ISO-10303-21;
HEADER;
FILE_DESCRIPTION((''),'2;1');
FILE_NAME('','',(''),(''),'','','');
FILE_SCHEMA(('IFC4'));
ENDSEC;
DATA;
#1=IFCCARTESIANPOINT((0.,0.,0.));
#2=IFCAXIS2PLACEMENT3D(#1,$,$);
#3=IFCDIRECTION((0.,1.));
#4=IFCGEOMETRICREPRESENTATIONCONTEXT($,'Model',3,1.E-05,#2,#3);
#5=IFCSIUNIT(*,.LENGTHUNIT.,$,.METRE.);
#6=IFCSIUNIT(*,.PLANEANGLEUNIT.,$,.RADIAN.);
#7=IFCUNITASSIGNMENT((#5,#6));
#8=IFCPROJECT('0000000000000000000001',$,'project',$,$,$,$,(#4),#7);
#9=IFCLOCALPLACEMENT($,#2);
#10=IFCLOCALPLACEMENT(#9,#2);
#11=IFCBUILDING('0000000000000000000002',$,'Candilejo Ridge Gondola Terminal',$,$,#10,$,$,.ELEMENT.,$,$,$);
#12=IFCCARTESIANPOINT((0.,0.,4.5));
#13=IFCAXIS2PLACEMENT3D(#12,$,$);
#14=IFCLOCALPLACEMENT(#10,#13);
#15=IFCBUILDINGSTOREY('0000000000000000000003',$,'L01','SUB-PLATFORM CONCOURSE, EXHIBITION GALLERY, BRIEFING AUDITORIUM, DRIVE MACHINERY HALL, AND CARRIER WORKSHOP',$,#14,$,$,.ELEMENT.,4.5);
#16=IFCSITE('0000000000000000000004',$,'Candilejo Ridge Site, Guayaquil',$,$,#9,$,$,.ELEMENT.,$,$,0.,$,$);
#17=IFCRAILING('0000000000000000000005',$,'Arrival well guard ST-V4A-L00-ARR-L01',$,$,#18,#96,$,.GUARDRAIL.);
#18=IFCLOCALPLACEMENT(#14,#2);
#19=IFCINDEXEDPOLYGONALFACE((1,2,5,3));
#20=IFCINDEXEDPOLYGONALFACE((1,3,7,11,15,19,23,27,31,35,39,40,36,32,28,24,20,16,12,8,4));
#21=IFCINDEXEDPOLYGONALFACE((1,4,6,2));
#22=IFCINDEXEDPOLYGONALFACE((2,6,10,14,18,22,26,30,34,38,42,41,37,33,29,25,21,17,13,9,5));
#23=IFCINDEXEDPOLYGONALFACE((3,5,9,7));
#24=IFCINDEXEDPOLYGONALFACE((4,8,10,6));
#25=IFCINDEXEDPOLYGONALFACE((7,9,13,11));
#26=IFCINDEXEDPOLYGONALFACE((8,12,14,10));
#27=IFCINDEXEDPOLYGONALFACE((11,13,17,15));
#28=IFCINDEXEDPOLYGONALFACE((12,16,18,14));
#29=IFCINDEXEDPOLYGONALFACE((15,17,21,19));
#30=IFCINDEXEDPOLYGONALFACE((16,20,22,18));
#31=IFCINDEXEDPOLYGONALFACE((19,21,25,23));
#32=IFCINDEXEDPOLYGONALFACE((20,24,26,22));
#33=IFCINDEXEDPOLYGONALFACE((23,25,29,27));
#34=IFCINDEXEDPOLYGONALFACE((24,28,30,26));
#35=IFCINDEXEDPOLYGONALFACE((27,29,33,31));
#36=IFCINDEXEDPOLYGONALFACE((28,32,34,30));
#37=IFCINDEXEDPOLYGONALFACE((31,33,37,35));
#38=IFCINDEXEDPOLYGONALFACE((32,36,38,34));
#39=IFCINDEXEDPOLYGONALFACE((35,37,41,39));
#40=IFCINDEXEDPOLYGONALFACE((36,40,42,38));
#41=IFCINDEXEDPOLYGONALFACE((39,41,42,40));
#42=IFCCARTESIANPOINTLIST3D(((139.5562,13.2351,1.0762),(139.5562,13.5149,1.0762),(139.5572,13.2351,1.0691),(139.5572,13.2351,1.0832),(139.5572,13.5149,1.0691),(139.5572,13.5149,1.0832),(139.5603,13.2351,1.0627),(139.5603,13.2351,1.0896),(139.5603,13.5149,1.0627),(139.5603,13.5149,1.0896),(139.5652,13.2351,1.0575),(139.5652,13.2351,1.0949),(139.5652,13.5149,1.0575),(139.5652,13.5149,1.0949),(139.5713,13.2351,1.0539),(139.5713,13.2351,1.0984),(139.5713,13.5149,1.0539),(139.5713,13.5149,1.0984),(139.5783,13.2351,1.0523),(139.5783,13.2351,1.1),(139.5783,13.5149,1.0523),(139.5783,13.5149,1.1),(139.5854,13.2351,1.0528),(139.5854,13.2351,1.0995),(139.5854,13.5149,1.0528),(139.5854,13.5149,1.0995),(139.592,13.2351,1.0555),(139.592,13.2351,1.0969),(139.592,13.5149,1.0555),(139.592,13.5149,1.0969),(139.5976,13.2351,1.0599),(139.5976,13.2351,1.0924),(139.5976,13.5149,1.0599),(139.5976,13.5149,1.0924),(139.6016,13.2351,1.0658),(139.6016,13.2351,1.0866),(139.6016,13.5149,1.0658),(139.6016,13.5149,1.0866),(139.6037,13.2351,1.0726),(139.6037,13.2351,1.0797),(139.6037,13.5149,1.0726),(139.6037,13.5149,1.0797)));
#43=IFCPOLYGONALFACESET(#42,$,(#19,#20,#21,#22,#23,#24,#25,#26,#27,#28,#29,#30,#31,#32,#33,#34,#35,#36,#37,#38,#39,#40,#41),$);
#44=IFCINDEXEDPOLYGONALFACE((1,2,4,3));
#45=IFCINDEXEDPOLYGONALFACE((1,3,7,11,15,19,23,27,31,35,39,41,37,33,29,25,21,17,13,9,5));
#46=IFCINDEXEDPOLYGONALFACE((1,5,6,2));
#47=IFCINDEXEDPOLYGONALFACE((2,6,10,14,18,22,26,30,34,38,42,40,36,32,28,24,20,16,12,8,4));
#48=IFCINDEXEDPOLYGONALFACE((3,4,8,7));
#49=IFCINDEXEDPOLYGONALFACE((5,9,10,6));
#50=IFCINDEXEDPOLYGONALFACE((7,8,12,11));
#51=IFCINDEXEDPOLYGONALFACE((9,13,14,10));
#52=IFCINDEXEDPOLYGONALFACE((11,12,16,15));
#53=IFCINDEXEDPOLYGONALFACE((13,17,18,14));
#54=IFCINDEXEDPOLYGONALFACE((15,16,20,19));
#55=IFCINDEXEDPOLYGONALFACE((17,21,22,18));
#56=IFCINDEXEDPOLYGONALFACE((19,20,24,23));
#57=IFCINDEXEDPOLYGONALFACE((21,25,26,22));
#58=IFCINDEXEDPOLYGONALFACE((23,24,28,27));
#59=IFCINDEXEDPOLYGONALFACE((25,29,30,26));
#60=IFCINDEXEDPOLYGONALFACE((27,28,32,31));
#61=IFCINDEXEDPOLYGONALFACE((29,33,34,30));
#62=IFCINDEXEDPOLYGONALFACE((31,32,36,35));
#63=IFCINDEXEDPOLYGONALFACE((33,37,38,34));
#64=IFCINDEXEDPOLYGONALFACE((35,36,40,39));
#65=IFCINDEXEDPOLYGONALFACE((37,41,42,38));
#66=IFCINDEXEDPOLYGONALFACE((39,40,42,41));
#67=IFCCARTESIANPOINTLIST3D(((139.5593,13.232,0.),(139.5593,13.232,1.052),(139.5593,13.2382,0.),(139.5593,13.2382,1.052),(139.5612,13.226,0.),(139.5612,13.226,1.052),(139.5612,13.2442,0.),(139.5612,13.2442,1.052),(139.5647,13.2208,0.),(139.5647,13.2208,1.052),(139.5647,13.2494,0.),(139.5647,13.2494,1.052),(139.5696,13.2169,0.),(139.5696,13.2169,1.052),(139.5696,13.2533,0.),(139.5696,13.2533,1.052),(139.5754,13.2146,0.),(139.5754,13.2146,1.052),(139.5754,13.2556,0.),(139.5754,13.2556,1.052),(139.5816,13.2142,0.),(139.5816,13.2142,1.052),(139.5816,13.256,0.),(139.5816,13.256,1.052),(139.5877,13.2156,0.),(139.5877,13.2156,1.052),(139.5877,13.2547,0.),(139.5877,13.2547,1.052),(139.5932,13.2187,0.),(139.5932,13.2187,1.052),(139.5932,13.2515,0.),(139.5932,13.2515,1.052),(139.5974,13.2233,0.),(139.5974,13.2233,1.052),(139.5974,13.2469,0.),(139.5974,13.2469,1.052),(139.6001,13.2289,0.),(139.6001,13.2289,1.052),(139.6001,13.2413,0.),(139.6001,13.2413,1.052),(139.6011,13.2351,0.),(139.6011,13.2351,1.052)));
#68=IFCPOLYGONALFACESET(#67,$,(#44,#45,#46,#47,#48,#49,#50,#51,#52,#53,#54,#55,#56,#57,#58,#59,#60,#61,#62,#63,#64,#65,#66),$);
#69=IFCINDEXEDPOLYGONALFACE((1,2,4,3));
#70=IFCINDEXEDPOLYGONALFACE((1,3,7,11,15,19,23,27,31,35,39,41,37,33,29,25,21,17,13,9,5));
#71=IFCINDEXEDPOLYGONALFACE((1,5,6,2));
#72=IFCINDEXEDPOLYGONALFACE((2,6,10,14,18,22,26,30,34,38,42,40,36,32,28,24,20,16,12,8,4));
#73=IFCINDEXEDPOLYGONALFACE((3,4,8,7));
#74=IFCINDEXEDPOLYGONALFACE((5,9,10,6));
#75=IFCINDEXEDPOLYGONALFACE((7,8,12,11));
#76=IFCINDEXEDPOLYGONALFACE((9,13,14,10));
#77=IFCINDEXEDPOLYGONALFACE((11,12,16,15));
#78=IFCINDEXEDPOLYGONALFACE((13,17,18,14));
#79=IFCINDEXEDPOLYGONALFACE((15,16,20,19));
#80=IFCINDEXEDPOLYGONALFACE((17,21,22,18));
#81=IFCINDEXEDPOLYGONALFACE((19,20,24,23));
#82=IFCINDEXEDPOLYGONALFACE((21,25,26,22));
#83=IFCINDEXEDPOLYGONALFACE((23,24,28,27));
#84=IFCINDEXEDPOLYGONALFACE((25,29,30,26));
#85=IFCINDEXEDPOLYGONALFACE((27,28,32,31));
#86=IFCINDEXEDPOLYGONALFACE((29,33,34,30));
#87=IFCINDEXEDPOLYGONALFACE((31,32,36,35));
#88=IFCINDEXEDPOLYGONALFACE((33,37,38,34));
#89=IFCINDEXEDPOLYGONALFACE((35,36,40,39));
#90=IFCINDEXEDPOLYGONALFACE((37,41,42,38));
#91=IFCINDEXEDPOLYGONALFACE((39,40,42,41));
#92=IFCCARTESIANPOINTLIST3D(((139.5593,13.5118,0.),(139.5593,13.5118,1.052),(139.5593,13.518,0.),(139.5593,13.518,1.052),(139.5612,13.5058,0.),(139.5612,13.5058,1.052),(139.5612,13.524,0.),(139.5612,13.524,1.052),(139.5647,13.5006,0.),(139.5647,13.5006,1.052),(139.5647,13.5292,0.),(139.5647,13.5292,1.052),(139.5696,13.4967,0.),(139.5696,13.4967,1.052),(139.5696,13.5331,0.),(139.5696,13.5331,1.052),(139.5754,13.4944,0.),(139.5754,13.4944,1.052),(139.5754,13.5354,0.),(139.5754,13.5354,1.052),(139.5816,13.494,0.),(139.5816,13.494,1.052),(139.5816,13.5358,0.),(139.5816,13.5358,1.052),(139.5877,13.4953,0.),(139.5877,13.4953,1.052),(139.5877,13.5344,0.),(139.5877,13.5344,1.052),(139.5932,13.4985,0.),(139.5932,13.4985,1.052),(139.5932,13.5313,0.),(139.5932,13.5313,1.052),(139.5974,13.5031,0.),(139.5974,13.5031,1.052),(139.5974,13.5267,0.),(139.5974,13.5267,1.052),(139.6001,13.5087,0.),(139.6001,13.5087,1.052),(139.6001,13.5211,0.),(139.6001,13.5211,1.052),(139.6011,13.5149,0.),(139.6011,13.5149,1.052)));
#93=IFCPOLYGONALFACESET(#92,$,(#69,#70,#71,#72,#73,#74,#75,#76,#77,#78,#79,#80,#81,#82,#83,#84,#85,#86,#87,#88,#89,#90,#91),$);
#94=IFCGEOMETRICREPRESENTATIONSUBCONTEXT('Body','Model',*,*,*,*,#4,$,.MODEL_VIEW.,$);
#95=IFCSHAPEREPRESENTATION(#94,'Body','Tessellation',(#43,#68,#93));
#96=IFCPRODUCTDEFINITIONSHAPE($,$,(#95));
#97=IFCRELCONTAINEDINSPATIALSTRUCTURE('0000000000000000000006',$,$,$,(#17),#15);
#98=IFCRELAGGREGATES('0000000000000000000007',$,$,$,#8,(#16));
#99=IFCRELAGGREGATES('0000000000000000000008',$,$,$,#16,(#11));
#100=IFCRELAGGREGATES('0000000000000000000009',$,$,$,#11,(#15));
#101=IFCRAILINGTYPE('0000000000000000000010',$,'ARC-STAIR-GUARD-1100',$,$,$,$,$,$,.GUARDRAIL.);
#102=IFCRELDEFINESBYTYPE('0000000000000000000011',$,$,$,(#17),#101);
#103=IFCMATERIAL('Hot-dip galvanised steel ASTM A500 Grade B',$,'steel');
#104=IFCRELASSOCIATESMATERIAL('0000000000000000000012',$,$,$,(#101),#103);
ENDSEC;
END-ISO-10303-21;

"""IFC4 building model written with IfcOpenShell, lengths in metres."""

from ifc_helpers import new_model, si_unit, direction, frame, origin, origin_2d, place, context, subcontext, project, spatial, circle, extrude, material, type_object, element, save


model = new_model("IFC4")

# Units and contexts
model_context = context("Model", 3, precision=1e-05, world=origin(), true_north=direction((0.0, 1.0)))
body_context = subcontext(model_context, "Body", "Model", "MODEL_VIEW")
ifc_project = project(units=[si_unit("LENGTHUNIT", "METRE"), si_unit("PLANEANGLEUNIT", "RADIAN")], contexts=[model_context])

# Site, building, storey
site_placement = place(None, origin())
site = spatial("IfcSite", under=ifc_project, at=site_placement, Name="Candilejo Ridge Site, Guayaquil", CompositionType="ELEMENT", RefElevation=0.0)
building_placement = place(site_placement, origin())
building = spatial("IfcBuilding", under=site, at=building_placement, Name="Candilejo Ridge Gondola Terminal", CompositionType="ELEMENT")
storey_placement = place(building_placement, frame((0.0, 0.0, 4.5)))
storey = spatial("IfcBuildingStorey", under=building, at=storey_placement, Name="L01", Description="SUB-PLATFORM CONCOURSE, EXHIBITION GALLERY, BRIEFING AUDITORIUM, DRIVE MACHINERY HALL, AND CARRIER WORKSHOP", CompositionType="ELEMENT", Elevation=4.5)

# Railing
ifc_material_1 = material(Name="Hot-dip galvanised steel ASTM A500 Grade B", Category="steel")
railing_type_1 = type_object("IfcRailingType", Name="ARC-STAIR-GUARD-1100", PredefinedType="GUARDRAIL", material=ifc_material_1)
railing_1_placement = place(storey_placement, frame((139.5801, 13.2351, 0.0)))
element("IfcRailing", 1, at=railing_1_placement, inside=storey, type_object=railing_type_1, Name="Arrival well guard ST-V4A-L00-ARR-L01", PredefinedType="GUARDRAIL", context=body_context, shape_type="SweptSolid", body=[
    extrude(circle(Radius=0.0239, at=origin_2d()), frame((0.0, 0.0, 1.0762), z_axis=(0.0, 1.0, 0.0), x_axis=(-1.0, 0.0, 0.0)), (0.0, 0.0, 1.0), 0.2798),
    extrude(circle(Radius=0.021, at=origin_2d()), origin(), (0.0, 0.0, 1.0), 1.052),
    extrude(circle(Radius=0.021, at=origin_2d()), frame((0.0, 0.2798, 0.0)), (0.0, 0.0, 1.0), 1.052),
])

save(model, "model.ifc")
